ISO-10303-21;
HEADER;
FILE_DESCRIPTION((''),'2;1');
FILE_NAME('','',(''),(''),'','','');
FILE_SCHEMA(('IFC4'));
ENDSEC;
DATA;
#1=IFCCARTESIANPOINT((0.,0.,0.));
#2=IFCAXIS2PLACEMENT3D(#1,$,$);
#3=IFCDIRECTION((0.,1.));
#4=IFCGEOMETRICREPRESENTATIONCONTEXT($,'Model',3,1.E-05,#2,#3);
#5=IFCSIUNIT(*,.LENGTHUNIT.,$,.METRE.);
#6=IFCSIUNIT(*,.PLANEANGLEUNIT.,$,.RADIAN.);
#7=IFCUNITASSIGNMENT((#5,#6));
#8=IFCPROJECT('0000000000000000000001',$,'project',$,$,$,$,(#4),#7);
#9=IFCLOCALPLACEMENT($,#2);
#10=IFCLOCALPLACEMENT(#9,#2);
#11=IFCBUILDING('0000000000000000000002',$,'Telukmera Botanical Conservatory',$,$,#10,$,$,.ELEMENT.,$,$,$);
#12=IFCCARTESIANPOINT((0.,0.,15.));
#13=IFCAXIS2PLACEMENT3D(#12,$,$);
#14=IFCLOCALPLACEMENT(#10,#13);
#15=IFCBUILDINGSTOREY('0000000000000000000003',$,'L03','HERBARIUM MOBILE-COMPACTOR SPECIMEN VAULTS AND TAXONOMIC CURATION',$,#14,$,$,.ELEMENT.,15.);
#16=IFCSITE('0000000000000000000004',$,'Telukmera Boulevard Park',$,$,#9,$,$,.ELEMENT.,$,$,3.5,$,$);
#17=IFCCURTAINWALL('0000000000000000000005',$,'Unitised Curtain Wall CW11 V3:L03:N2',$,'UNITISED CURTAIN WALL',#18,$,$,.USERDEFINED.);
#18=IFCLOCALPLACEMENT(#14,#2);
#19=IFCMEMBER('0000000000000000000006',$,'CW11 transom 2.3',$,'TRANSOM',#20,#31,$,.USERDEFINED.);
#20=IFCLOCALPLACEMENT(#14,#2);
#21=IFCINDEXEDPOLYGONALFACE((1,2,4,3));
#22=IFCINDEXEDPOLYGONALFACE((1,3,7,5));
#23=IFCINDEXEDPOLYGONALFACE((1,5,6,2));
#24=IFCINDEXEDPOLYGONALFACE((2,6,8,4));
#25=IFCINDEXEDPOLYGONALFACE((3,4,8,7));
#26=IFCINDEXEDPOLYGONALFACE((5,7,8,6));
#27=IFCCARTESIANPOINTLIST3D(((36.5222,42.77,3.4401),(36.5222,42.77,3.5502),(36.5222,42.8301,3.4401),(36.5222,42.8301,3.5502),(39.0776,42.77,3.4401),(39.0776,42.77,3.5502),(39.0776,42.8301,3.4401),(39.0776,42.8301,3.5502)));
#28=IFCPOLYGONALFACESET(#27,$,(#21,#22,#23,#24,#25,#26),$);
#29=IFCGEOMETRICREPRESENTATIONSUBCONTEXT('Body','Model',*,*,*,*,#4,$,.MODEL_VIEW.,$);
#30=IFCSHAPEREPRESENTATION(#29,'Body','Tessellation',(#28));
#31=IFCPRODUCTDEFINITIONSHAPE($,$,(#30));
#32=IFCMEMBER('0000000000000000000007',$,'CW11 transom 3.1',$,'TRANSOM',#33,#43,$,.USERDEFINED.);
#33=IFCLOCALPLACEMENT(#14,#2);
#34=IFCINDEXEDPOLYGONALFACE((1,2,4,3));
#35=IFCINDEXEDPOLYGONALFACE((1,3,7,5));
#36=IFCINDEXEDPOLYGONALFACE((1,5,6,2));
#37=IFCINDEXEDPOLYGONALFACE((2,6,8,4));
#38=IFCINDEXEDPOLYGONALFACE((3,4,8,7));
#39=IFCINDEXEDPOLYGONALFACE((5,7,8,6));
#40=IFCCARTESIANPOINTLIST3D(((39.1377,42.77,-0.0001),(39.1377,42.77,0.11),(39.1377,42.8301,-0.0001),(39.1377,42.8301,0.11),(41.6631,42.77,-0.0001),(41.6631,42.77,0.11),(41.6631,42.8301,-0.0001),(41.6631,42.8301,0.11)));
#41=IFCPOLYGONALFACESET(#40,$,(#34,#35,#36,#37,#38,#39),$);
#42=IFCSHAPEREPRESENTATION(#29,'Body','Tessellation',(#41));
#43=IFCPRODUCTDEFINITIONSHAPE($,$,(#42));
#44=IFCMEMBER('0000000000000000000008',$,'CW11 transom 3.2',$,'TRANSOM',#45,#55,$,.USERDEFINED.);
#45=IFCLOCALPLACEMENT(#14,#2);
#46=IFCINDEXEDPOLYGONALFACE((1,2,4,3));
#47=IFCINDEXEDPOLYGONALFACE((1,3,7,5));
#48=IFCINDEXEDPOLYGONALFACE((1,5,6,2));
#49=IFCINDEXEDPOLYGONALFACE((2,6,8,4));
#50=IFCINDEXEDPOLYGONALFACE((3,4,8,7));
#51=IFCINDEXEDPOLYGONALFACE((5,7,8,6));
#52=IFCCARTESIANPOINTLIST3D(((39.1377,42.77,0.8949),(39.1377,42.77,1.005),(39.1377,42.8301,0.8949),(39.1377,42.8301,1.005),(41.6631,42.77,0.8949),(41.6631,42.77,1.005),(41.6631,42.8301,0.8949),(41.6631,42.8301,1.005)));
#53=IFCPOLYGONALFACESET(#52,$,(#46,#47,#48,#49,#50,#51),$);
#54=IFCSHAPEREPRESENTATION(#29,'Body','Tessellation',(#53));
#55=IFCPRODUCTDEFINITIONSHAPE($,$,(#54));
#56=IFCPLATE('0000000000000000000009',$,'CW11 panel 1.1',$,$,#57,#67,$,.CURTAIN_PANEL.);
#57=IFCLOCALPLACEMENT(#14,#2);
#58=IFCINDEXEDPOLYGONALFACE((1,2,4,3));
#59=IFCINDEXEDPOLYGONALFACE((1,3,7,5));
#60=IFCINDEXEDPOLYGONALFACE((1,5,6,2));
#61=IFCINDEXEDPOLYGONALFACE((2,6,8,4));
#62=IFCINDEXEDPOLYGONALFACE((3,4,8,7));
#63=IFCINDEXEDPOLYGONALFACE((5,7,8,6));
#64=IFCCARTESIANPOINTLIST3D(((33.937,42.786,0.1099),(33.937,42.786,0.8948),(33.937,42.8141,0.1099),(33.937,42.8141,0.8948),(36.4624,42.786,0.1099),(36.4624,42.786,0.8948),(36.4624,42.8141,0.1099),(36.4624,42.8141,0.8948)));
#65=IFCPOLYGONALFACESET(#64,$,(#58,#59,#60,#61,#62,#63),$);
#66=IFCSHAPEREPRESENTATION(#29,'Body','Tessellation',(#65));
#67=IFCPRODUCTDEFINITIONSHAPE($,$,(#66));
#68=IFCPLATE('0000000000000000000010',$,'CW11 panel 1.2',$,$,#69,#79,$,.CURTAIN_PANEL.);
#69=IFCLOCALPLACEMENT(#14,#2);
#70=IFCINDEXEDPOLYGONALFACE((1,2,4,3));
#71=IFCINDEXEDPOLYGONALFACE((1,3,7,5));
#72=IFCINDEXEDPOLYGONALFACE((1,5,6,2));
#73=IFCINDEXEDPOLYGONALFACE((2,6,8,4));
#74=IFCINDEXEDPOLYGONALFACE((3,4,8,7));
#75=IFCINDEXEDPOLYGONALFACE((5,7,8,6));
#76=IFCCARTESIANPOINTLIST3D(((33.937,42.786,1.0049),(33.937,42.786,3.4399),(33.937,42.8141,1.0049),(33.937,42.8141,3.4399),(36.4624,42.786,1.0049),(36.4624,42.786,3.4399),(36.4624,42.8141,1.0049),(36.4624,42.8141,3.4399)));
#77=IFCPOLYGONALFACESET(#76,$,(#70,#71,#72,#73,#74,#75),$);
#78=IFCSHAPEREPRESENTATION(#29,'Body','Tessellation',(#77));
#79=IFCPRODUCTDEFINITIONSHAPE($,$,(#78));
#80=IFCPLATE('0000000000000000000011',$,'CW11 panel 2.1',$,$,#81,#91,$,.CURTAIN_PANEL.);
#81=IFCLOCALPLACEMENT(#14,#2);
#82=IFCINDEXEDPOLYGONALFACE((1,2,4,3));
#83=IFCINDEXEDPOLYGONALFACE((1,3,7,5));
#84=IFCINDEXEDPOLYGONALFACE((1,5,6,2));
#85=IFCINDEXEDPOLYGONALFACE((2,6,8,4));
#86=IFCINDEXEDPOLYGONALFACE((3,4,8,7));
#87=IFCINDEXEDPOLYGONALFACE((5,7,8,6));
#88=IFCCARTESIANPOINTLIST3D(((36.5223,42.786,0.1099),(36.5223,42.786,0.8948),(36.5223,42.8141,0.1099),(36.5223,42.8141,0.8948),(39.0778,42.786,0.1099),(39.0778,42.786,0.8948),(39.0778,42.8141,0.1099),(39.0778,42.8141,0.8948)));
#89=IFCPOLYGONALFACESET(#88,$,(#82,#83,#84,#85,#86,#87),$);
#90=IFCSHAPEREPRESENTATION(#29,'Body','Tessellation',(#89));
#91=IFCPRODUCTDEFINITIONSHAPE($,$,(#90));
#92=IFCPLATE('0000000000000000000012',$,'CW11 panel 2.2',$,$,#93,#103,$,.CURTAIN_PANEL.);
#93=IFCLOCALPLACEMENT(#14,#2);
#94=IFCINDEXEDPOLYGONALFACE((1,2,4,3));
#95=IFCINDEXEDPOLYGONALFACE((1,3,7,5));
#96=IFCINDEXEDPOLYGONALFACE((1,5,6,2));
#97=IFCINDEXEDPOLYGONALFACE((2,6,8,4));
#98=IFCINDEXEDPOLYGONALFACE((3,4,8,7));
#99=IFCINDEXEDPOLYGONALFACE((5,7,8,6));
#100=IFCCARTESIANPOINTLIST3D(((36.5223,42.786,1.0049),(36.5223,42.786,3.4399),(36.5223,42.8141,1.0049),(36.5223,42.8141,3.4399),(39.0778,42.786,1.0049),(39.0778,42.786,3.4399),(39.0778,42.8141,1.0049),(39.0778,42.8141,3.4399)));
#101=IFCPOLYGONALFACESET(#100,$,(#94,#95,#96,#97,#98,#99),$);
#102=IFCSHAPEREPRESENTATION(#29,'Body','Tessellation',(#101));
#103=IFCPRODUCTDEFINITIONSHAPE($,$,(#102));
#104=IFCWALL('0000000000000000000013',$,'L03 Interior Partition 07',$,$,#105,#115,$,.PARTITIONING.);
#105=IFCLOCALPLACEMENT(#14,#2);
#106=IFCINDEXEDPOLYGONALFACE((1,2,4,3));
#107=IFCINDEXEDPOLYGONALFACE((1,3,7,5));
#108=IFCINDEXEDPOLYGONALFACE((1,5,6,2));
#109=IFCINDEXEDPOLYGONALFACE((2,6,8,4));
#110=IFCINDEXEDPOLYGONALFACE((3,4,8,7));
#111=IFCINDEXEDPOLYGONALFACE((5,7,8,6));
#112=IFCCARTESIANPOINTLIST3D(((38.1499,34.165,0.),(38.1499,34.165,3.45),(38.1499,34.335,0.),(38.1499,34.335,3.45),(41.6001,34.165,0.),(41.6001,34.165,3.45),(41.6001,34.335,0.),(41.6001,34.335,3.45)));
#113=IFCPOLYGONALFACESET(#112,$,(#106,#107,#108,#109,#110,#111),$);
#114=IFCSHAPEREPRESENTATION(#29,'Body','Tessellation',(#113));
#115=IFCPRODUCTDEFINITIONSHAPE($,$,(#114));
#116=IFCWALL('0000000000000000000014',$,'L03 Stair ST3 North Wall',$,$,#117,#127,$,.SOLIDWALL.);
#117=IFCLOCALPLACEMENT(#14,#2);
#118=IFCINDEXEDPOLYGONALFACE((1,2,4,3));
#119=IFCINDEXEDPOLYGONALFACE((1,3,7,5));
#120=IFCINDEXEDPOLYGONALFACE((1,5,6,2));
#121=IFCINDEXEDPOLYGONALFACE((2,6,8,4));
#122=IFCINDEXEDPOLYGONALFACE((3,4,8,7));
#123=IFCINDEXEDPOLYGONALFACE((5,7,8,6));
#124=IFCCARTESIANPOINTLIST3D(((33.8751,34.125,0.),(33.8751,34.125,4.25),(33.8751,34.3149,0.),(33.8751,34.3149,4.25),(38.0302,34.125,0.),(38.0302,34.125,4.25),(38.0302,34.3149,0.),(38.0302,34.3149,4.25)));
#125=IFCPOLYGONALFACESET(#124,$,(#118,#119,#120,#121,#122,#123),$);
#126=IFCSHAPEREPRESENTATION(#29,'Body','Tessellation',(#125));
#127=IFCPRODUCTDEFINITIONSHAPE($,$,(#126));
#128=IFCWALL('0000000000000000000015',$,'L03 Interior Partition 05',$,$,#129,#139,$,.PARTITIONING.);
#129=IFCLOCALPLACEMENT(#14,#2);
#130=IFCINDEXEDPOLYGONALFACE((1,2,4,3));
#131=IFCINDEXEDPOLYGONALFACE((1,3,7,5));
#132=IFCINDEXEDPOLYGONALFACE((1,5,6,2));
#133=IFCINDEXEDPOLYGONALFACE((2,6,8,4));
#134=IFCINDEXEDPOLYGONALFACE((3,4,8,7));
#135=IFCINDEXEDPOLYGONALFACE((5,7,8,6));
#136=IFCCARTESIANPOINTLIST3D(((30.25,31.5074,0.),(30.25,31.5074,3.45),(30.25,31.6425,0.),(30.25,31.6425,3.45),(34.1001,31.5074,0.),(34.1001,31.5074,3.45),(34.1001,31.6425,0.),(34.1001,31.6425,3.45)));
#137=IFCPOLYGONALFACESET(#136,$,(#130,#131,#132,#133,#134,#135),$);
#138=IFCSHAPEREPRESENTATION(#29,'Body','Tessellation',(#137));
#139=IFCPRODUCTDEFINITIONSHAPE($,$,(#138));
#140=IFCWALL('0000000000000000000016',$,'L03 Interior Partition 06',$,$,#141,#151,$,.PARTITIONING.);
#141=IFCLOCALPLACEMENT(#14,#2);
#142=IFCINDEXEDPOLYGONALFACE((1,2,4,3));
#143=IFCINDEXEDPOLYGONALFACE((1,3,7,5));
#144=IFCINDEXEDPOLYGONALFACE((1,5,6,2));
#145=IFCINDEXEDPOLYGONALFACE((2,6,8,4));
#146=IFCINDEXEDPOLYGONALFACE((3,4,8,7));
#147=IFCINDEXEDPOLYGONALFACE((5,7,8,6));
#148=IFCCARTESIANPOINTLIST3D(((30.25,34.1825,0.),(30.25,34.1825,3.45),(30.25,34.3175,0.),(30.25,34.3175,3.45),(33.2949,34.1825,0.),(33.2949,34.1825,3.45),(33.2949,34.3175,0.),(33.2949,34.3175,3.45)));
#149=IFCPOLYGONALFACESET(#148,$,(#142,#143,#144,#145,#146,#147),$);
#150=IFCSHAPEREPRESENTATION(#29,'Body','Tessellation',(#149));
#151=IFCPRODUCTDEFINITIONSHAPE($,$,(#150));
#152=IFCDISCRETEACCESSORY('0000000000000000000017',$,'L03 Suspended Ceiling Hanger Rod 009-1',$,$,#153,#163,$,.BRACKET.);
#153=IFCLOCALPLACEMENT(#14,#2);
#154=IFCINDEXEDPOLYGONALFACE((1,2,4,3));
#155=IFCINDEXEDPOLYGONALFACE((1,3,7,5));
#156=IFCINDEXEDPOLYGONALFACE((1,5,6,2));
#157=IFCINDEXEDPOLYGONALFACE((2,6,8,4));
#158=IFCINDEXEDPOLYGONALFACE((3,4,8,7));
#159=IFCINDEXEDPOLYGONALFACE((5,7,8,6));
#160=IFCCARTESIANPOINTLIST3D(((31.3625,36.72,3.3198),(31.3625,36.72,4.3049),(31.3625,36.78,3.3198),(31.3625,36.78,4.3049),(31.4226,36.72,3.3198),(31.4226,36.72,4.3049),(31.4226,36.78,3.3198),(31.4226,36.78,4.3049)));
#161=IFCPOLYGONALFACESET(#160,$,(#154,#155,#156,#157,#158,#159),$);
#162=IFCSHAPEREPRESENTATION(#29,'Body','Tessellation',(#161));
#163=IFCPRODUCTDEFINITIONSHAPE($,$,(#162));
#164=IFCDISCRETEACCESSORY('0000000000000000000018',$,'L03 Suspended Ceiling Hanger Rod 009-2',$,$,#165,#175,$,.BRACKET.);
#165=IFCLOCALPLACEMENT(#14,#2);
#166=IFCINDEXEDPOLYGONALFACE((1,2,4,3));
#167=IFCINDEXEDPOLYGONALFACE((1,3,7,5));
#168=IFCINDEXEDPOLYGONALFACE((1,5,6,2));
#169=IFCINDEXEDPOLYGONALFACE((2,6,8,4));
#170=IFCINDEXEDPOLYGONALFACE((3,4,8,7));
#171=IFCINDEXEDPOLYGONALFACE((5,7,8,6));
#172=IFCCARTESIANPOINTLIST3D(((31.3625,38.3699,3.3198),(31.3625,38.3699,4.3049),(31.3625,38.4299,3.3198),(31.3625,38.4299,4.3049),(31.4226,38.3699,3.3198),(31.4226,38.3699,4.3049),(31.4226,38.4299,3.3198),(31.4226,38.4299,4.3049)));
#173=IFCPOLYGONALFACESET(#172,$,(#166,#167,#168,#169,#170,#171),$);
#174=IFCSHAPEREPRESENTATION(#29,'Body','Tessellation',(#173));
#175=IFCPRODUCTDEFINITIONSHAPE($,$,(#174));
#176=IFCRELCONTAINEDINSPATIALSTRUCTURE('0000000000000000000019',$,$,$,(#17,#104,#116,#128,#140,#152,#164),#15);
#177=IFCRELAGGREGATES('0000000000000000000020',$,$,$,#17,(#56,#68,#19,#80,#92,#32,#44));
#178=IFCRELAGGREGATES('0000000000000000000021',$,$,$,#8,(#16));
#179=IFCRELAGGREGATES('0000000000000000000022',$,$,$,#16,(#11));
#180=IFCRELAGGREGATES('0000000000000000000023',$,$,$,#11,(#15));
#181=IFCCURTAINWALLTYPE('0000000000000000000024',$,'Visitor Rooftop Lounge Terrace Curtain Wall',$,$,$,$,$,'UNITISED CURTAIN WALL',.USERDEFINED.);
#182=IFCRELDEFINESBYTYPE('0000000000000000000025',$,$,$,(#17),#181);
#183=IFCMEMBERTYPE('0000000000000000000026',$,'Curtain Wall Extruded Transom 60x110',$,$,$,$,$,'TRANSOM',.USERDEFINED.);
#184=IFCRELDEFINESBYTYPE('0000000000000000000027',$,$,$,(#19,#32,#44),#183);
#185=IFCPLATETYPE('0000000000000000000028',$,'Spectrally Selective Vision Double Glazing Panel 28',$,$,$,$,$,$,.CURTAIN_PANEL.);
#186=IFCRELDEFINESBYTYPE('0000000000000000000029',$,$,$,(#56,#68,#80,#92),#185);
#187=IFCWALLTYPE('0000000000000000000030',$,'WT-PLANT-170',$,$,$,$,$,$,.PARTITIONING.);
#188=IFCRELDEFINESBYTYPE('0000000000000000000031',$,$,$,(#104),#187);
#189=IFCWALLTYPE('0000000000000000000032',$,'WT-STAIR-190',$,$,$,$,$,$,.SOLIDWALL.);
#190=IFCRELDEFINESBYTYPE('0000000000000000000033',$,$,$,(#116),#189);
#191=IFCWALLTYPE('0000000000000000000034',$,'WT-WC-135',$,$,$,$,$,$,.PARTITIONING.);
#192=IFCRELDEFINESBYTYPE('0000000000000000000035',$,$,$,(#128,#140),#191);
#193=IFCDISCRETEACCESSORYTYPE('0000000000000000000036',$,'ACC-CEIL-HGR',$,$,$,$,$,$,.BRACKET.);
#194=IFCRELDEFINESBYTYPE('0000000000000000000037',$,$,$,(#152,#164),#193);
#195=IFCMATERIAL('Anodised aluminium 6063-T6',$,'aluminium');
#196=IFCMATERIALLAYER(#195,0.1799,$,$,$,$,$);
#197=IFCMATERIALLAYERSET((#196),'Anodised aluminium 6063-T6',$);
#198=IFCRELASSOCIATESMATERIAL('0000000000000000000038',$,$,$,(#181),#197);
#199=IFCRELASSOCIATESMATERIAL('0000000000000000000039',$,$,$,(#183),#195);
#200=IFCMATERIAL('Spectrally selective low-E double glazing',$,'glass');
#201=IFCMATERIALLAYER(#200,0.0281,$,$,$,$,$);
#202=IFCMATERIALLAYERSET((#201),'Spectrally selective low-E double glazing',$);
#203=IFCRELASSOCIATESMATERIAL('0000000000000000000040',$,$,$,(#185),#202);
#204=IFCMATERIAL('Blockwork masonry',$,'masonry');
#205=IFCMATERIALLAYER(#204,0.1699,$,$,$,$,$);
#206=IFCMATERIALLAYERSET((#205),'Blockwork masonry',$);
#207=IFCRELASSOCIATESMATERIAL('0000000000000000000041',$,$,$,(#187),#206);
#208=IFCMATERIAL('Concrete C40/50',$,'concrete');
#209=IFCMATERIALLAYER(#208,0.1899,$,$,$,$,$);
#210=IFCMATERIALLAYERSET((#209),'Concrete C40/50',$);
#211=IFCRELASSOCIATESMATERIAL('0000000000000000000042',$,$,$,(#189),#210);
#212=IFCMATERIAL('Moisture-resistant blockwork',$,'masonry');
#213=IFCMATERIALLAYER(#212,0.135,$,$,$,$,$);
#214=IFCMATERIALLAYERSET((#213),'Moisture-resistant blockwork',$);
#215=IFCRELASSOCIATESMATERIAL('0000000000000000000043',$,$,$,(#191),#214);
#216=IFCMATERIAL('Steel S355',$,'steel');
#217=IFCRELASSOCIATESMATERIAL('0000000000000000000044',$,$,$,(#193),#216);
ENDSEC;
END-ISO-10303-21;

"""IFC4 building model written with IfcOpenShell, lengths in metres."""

from ifc_helpers import new_model, si_unit, direction, frame, frame_2d, origin, origin_2d, place, context, subcontext, project, spatial, rectangle, extrude, material, layer, layer_set, material_profile, profile_set, type_object, element, aggregate, save


model = new_model("IFC4")

# Units and contexts
model_context = context("Model", 3, precision=1e-05, world=origin(), true_north=direction((0.0, 1.0)))
body_context = subcontext(model_context, "Body", "Model", "MODEL_VIEW")
ifc_project = project(units=[si_unit("LENGTHUNIT", "METRE"), si_unit("PLANEANGLEUNIT", "RADIAN")], contexts=[model_context])

# Site, building, storey
site_placement = place(None, origin())
site = spatial("IfcSite", under=ifc_project, at=site_placement, Name="Telukmera Boulevard Park", CompositionType="ELEMENT", RefElevation=3.5)
building_placement = place(site_placement, origin())
building = spatial("IfcBuilding", under=site, at=building_placement, Name="Telukmera Botanical Conservatory", CompositionType="ELEMENT")
storey_placement = place(building_placement, frame((0.0, 0.0, 15.0)))
storey = spatial("IfcBuildingStorey", under=building, at=storey_placement, Name="L03", Description="HERBARIUM MOBILE-COMPACTOR SPECIMEN VAULTS AND TAXONOMIC CURATION", CompositionType="ELEMENT", Elevation=15.0)

# Shared definitions
ifc_material_1 = material(Name="Concrete C40/50", Category="concrete")

# Curtain wall, members, plates
ifc_material_2 = material(Name="Anodised aluminium 6063-T6", Category="aluminium")
ifc_layer_1 = layer(ifc_material_2, 0.1799)
ifc_layer_set_1 = layer_set([ifc_layer_1], Name="Anodised aluminium 6063-T6")
curtain_wall_type = type_object("IfcCurtainWallType", Name="Visitor Rooftop Lounge Terrace Curtain Wall", ElementType="UNITISED CURTAIN WALL", PredefinedType="USERDEFINED", material=ifc_layer_set_1)
curtain_wall_placement = place(storey_placement, origin())
curtain_wall = element("IfcCurtainWall", 1, at=curtain_wall_placement, inside=storey, type_object=curtain_wall_type, Name="Unitised Curtain Wall CW11 V3:L03:N2", ObjectType="UNITISED CURTAIN WALL", PredefinedType="USERDEFINED")
ifc_material_profile_1 = material_profile(ifc_material_2, rectangle(XDim=0.0601, YDim=0.1101, at=origin_2d()), Name="ALU TRAN 60x110")
ifc_profile_set_1 = profile_set([ifc_material_profile_1], Name="Anodised aluminium 6063-T6")
member_type_1 = type_object("IfcMemberType", Name="Curtain Wall Extruded Transom 60x110", ElementType="TRANSOM", PredefinedType="USERDEFINED", material=ifc_profile_set_1)
member_1_placement = place(storey_placement, frame((36.5222, 42.8, 3.4951), z_axis=(1.0, 0.0, 0.0), x_axis=(0.0, 1.0, 0.0)))
member_1 = element("IfcMember", 2, at=member_1_placement, type_object=member_type_1, Name="CW11 transom 2.3", ObjectType="TRANSOM", PredefinedType="USERDEFINED", context=body_context, shape_type="SweptSolid", body=[
    extrude(rectangle(XDim=0.0601, YDim=0.1101, at=origin_2d()), origin(), (0.0, 0.0, 1.0), 2.5554),
])
member_2_placement = place(storey_placement, frame((39.1377, 42.8, 0.0549), z_axis=(1.0, 0.0, 0.0), x_axis=(0.0, 1.0, 0.0)))
member_2 = element("IfcMember", 3, at=member_2_placement, type_object=member_type_1, Name="CW11 transom 3.1", ObjectType="TRANSOM", PredefinedType="USERDEFINED", context=body_context, shape_type="SweptSolid", body=[
    extrude(rectangle(XDim=0.0601, YDim=0.1101, at=origin_2d()), origin(), (0.0, 0.0, 1.0), 2.5254),
])
member_3_placement = place(storey_placement, frame((39.1377, 42.8, 0.95), z_axis=(1.0, 0.0, 0.0), x_axis=(0.0, 1.0, 0.0)))
member_3 = element("IfcMember", 4, at=member_3_placement, type_object=member_type_1, Name="CW11 transom 3.2", ObjectType="TRANSOM", PredefinedType="USERDEFINED", context=body_context, shape_type="SweptSolid", body=[
    extrude(rectangle(XDim=0.0601, YDim=0.1101, at=origin_2d()), origin(), (0.0, 0.0, 1.0), 2.5254),
])
ifc_material_3 = material(Name="Spectrally selective low-E double glazing", Category="glass")
ifc_layer_2 = layer(ifc_material_3, 0.0281)
ifc_layer_set_2 = layer_set([ifc_layer_2], Name="Spectrally selective low-E double glazing")
plate_type = type_object("IfcPlateType", Name="Spectrally Selective Vision Double Glazing Panel 28", PredefinedType="CURTAIN_PANEL", material=ifc_layer_set_2)
plate_1_placement = place(storey_placement, frame((35.1997, 42.8, 0.1099), z_axis=(0.0, 0.0, 1.0), x_axis=(1.0, 0.0, 0.0)))
plate_1 = element("IfcPlate", 5, at=plate_1_placement, type_object=plate_type, Name="CW11 panel 1.1", PredefinedType="CURTAIN_PANEL", context=body_context, shape_type="SweptSolid", body=[
    extrude(rectangle(XDim=2.5254, YDim=0.0281, at=origin_2d()), origin(), (0.0, 0.0, 1.0), 0.7849),
])
plate_2_placement = place(storey_placement, frame((35.1997, 42.8, 1.0049), z_axis=(0.0, 0.0, 1.0), x_axis=(1.0, 0.0, 0.0)))
plate_2 = element("IfcPlate", 6, at=plate_2_placement, type_object=plate_type, Name="CW11 panel 1.2", PredefinedType="CURTAIN_PANEL", context=body_context, shape_type="SweptSolid", body=[
    extrude(rectangle(XDim=2.5254, YDim=0.0281, at=origin_2d()), origin(), (0.0, 0.0, 1.0), 2.4351),
])
plate_3_placement = place(storey_placement, frame((37.8, 42.8, 0.1099), z_axis=(0.0, 0.0, 1.0), x_axis=(1.0, 0.0, 0.0)))
plate_3 = element("IfcPlate", 7, at=plate_3_placement, type_object=plate_type, Name="CW11 panel 2.1", PredefinedType="CURTAIN_PANEL", context=body_context, shape_type="SweptSolid", body=[
    extrude(rectangle(XDim=2.5554, YDim=0.0281, at=origin_2d()), origin(), (0.0, 0.0, 1.0), 0.7849),
])
plate_4_placement = place(storey_placement, frame((37.8, 42.8, 1.0049), z_axis=(0.0, 0.0, 1.0), x_axis=(1.0, 0.0, 0.0)))
plate_4 = element("IfcPlate", 8, at=plate_4_placement, type_object=plate_type, Name="CW11 panel 2.2", PredefinedType="CURTAIN_PANEL", context=body_context, shape_type="SweptSolid", body=[
    extrude(rectangle(XDim=2.5554, YDim=0.0281, at=origin_2d()), origin(), (0.0, 0.0, 1.0), 2.4351),
])
aggregate(curtain_wall, [plate_1, plate_2, member_1, plate_3, plate_4, member_2, member_3])

# Walls
ifc_material_4 = material(Name="Blockwork masonry", Category="masonry")
ifc_layer_3 = layer(ifc_material_4, 0.1699)
ifc_layer_set_3 = layer_set([ifc_layer_3], Name="Blockwork masonry")
wall_type_1 = type_object("IfcWallType", Name="WT-PLANT-170", PredefinedType="PARTITIONING", material=ifc_layer_set_3)
wall_1_placement = place(storey_placement, frame((38.1499, 34.25, 0.0), z_axis=(0.0, 0.0, 1.0), x_axis=(1.0, 0.0, 0.0)))
element("IfcWall", 9, at=wall_1_placement, inside=storey, type_object=wall_type_1, Name="L03 Interior Partition 07", PredefinedType="PARTITIONING", context=body_context, shape_type="SweptSolid", body=[
    extrude(rectangle(XDim=3.4502, YDim=0.1699, at=frame_2d((1.7251, 0.0))), origin(), (0.0, 0.0, 1.0), 3.45),
])
ifc_layer_4 = layer(ifc_material_1, 0.1899)
ifc_layer_set_4 = layer_set([ifc_layer_4], Name="Concrete C40/50")
wall_type_2 = type_object("IfcWallType", Name="WT-STAIR-190", PredefinedType="SOLIDWALL", material=ifc_layer_set_4)
wall_2_placement = place(storey_placement, frame((33.875, 34.22, 0.0), z_axis=(0.0, 0.0, 1.0), x_axis=(1.0, 0.0, 0.0)))
element("IfcWall", 10, at=wall_2_placement, inside=storey, type_object=wall_type_2, Name="L03 Stair ST3 North Wall", PredefinedType="SOLIDWALL", context=body_context, shape_type="SweptSolid", body=[
    extrude(rectangle(XDim=4.155, YDim=0.1899, at=frame_2d((2.0776, 0.0))), origin(), (0.0, 0.0, 1.0), 4.25),
])
ifc_material_5 = material(Name="Moisture-resistant blockwork", Category="masonry")
ifc_layer_5 = layer(ifc_material_5, 0.135)
ifc_layer_set_5 = layer_set([ifc_layer_5], Name="Moisture-resistant blockwork")
wall_type_3 = type_object("IfcWallType", Name="WT-WC-135", PredefinedType="PARTITIONING", material=ifc_layer_set_5)
wall_3_placement = place(storey_placement, frame((30.25, 31.575, 0.0), z_axis=(0.0, 0.0, 1.0), x_axis=(1.0, 0.0, 0.0)))
element("IfcWall", 11, at=wall_3_placement, inside=storey, type_object=wall_type_3, Name="L03 Interior Partition 05", PredefinedType="PARTITIONING", context=body_context, shape_type="SweptSolid", body=[
    extrude(rectangle(XDim=3.8501, YDim=0.135, at=frame_2d((1.925, 0.0))), origin(), (0.0, 0.0, 1.0), 3.45),
])
wall_4_placement = place(storey_placement, frame((30.25, 34.25, 0.0), z_axis=(0.0, 0.0, 1.0), x_axis=(1.0, 0.0, 0.0)))
element("IfcWall", 12, at=wall_4_placement, inside=storey, type_object=wall_type_3, Name="L03 Interior Partition 06", PredefinedType="PARTITIONING", context=body_context, shape_type="SweptSolid", body=[
    extrude(rectangle(XDim=3.0449, YDim=0.135, at=frame_2d((1.5225, 0.0))), origin(), (0.0, 0.0, 1.0), 3.45),
])

# Discrete accessories
ifc_material_6 = material(Name="Steel S355", Category="steel")
discrete_accessory_type = type_object("IfcDiscreteAccessoryType", Name="ACC-CEIL-HGR", PredefinedType="BRACKET", material=ifc_material_6)
for number, where, z_axis, x_axis, name in (
    (13, (31.3926, 36.75, 3.3198), (0.0, 0.0, 1.0), (1.0, 0.0, 0.0), "L03 Suspended Ceiling Hanger Rod 009-1"),
    (14, (31.3926, 38.3999, 3.3198), (0.0, 0.0, 1.0), (1.0, 0.0, 0.0), "L03 Suspended Ceiling Hanger Rod 009-2"),
):
    element("IfcDiscreteAccessory", number, at=place(storey_placement, frame(where, z_axis=z_axis, x_axis=x_axis)), inside=storey, type_object=discrete_accessory_type, Name=name, PredefinedType="BRACKET", context=body_context, shape_type="SweptSolid", body=[
        extrude(rectangle(XDim=0.0601, YDim=0.0601, at=origin_2d()), origin(), (0.0, 0.0, 1.0), 0.9851),
    ])

save(model, "model.ifc")
